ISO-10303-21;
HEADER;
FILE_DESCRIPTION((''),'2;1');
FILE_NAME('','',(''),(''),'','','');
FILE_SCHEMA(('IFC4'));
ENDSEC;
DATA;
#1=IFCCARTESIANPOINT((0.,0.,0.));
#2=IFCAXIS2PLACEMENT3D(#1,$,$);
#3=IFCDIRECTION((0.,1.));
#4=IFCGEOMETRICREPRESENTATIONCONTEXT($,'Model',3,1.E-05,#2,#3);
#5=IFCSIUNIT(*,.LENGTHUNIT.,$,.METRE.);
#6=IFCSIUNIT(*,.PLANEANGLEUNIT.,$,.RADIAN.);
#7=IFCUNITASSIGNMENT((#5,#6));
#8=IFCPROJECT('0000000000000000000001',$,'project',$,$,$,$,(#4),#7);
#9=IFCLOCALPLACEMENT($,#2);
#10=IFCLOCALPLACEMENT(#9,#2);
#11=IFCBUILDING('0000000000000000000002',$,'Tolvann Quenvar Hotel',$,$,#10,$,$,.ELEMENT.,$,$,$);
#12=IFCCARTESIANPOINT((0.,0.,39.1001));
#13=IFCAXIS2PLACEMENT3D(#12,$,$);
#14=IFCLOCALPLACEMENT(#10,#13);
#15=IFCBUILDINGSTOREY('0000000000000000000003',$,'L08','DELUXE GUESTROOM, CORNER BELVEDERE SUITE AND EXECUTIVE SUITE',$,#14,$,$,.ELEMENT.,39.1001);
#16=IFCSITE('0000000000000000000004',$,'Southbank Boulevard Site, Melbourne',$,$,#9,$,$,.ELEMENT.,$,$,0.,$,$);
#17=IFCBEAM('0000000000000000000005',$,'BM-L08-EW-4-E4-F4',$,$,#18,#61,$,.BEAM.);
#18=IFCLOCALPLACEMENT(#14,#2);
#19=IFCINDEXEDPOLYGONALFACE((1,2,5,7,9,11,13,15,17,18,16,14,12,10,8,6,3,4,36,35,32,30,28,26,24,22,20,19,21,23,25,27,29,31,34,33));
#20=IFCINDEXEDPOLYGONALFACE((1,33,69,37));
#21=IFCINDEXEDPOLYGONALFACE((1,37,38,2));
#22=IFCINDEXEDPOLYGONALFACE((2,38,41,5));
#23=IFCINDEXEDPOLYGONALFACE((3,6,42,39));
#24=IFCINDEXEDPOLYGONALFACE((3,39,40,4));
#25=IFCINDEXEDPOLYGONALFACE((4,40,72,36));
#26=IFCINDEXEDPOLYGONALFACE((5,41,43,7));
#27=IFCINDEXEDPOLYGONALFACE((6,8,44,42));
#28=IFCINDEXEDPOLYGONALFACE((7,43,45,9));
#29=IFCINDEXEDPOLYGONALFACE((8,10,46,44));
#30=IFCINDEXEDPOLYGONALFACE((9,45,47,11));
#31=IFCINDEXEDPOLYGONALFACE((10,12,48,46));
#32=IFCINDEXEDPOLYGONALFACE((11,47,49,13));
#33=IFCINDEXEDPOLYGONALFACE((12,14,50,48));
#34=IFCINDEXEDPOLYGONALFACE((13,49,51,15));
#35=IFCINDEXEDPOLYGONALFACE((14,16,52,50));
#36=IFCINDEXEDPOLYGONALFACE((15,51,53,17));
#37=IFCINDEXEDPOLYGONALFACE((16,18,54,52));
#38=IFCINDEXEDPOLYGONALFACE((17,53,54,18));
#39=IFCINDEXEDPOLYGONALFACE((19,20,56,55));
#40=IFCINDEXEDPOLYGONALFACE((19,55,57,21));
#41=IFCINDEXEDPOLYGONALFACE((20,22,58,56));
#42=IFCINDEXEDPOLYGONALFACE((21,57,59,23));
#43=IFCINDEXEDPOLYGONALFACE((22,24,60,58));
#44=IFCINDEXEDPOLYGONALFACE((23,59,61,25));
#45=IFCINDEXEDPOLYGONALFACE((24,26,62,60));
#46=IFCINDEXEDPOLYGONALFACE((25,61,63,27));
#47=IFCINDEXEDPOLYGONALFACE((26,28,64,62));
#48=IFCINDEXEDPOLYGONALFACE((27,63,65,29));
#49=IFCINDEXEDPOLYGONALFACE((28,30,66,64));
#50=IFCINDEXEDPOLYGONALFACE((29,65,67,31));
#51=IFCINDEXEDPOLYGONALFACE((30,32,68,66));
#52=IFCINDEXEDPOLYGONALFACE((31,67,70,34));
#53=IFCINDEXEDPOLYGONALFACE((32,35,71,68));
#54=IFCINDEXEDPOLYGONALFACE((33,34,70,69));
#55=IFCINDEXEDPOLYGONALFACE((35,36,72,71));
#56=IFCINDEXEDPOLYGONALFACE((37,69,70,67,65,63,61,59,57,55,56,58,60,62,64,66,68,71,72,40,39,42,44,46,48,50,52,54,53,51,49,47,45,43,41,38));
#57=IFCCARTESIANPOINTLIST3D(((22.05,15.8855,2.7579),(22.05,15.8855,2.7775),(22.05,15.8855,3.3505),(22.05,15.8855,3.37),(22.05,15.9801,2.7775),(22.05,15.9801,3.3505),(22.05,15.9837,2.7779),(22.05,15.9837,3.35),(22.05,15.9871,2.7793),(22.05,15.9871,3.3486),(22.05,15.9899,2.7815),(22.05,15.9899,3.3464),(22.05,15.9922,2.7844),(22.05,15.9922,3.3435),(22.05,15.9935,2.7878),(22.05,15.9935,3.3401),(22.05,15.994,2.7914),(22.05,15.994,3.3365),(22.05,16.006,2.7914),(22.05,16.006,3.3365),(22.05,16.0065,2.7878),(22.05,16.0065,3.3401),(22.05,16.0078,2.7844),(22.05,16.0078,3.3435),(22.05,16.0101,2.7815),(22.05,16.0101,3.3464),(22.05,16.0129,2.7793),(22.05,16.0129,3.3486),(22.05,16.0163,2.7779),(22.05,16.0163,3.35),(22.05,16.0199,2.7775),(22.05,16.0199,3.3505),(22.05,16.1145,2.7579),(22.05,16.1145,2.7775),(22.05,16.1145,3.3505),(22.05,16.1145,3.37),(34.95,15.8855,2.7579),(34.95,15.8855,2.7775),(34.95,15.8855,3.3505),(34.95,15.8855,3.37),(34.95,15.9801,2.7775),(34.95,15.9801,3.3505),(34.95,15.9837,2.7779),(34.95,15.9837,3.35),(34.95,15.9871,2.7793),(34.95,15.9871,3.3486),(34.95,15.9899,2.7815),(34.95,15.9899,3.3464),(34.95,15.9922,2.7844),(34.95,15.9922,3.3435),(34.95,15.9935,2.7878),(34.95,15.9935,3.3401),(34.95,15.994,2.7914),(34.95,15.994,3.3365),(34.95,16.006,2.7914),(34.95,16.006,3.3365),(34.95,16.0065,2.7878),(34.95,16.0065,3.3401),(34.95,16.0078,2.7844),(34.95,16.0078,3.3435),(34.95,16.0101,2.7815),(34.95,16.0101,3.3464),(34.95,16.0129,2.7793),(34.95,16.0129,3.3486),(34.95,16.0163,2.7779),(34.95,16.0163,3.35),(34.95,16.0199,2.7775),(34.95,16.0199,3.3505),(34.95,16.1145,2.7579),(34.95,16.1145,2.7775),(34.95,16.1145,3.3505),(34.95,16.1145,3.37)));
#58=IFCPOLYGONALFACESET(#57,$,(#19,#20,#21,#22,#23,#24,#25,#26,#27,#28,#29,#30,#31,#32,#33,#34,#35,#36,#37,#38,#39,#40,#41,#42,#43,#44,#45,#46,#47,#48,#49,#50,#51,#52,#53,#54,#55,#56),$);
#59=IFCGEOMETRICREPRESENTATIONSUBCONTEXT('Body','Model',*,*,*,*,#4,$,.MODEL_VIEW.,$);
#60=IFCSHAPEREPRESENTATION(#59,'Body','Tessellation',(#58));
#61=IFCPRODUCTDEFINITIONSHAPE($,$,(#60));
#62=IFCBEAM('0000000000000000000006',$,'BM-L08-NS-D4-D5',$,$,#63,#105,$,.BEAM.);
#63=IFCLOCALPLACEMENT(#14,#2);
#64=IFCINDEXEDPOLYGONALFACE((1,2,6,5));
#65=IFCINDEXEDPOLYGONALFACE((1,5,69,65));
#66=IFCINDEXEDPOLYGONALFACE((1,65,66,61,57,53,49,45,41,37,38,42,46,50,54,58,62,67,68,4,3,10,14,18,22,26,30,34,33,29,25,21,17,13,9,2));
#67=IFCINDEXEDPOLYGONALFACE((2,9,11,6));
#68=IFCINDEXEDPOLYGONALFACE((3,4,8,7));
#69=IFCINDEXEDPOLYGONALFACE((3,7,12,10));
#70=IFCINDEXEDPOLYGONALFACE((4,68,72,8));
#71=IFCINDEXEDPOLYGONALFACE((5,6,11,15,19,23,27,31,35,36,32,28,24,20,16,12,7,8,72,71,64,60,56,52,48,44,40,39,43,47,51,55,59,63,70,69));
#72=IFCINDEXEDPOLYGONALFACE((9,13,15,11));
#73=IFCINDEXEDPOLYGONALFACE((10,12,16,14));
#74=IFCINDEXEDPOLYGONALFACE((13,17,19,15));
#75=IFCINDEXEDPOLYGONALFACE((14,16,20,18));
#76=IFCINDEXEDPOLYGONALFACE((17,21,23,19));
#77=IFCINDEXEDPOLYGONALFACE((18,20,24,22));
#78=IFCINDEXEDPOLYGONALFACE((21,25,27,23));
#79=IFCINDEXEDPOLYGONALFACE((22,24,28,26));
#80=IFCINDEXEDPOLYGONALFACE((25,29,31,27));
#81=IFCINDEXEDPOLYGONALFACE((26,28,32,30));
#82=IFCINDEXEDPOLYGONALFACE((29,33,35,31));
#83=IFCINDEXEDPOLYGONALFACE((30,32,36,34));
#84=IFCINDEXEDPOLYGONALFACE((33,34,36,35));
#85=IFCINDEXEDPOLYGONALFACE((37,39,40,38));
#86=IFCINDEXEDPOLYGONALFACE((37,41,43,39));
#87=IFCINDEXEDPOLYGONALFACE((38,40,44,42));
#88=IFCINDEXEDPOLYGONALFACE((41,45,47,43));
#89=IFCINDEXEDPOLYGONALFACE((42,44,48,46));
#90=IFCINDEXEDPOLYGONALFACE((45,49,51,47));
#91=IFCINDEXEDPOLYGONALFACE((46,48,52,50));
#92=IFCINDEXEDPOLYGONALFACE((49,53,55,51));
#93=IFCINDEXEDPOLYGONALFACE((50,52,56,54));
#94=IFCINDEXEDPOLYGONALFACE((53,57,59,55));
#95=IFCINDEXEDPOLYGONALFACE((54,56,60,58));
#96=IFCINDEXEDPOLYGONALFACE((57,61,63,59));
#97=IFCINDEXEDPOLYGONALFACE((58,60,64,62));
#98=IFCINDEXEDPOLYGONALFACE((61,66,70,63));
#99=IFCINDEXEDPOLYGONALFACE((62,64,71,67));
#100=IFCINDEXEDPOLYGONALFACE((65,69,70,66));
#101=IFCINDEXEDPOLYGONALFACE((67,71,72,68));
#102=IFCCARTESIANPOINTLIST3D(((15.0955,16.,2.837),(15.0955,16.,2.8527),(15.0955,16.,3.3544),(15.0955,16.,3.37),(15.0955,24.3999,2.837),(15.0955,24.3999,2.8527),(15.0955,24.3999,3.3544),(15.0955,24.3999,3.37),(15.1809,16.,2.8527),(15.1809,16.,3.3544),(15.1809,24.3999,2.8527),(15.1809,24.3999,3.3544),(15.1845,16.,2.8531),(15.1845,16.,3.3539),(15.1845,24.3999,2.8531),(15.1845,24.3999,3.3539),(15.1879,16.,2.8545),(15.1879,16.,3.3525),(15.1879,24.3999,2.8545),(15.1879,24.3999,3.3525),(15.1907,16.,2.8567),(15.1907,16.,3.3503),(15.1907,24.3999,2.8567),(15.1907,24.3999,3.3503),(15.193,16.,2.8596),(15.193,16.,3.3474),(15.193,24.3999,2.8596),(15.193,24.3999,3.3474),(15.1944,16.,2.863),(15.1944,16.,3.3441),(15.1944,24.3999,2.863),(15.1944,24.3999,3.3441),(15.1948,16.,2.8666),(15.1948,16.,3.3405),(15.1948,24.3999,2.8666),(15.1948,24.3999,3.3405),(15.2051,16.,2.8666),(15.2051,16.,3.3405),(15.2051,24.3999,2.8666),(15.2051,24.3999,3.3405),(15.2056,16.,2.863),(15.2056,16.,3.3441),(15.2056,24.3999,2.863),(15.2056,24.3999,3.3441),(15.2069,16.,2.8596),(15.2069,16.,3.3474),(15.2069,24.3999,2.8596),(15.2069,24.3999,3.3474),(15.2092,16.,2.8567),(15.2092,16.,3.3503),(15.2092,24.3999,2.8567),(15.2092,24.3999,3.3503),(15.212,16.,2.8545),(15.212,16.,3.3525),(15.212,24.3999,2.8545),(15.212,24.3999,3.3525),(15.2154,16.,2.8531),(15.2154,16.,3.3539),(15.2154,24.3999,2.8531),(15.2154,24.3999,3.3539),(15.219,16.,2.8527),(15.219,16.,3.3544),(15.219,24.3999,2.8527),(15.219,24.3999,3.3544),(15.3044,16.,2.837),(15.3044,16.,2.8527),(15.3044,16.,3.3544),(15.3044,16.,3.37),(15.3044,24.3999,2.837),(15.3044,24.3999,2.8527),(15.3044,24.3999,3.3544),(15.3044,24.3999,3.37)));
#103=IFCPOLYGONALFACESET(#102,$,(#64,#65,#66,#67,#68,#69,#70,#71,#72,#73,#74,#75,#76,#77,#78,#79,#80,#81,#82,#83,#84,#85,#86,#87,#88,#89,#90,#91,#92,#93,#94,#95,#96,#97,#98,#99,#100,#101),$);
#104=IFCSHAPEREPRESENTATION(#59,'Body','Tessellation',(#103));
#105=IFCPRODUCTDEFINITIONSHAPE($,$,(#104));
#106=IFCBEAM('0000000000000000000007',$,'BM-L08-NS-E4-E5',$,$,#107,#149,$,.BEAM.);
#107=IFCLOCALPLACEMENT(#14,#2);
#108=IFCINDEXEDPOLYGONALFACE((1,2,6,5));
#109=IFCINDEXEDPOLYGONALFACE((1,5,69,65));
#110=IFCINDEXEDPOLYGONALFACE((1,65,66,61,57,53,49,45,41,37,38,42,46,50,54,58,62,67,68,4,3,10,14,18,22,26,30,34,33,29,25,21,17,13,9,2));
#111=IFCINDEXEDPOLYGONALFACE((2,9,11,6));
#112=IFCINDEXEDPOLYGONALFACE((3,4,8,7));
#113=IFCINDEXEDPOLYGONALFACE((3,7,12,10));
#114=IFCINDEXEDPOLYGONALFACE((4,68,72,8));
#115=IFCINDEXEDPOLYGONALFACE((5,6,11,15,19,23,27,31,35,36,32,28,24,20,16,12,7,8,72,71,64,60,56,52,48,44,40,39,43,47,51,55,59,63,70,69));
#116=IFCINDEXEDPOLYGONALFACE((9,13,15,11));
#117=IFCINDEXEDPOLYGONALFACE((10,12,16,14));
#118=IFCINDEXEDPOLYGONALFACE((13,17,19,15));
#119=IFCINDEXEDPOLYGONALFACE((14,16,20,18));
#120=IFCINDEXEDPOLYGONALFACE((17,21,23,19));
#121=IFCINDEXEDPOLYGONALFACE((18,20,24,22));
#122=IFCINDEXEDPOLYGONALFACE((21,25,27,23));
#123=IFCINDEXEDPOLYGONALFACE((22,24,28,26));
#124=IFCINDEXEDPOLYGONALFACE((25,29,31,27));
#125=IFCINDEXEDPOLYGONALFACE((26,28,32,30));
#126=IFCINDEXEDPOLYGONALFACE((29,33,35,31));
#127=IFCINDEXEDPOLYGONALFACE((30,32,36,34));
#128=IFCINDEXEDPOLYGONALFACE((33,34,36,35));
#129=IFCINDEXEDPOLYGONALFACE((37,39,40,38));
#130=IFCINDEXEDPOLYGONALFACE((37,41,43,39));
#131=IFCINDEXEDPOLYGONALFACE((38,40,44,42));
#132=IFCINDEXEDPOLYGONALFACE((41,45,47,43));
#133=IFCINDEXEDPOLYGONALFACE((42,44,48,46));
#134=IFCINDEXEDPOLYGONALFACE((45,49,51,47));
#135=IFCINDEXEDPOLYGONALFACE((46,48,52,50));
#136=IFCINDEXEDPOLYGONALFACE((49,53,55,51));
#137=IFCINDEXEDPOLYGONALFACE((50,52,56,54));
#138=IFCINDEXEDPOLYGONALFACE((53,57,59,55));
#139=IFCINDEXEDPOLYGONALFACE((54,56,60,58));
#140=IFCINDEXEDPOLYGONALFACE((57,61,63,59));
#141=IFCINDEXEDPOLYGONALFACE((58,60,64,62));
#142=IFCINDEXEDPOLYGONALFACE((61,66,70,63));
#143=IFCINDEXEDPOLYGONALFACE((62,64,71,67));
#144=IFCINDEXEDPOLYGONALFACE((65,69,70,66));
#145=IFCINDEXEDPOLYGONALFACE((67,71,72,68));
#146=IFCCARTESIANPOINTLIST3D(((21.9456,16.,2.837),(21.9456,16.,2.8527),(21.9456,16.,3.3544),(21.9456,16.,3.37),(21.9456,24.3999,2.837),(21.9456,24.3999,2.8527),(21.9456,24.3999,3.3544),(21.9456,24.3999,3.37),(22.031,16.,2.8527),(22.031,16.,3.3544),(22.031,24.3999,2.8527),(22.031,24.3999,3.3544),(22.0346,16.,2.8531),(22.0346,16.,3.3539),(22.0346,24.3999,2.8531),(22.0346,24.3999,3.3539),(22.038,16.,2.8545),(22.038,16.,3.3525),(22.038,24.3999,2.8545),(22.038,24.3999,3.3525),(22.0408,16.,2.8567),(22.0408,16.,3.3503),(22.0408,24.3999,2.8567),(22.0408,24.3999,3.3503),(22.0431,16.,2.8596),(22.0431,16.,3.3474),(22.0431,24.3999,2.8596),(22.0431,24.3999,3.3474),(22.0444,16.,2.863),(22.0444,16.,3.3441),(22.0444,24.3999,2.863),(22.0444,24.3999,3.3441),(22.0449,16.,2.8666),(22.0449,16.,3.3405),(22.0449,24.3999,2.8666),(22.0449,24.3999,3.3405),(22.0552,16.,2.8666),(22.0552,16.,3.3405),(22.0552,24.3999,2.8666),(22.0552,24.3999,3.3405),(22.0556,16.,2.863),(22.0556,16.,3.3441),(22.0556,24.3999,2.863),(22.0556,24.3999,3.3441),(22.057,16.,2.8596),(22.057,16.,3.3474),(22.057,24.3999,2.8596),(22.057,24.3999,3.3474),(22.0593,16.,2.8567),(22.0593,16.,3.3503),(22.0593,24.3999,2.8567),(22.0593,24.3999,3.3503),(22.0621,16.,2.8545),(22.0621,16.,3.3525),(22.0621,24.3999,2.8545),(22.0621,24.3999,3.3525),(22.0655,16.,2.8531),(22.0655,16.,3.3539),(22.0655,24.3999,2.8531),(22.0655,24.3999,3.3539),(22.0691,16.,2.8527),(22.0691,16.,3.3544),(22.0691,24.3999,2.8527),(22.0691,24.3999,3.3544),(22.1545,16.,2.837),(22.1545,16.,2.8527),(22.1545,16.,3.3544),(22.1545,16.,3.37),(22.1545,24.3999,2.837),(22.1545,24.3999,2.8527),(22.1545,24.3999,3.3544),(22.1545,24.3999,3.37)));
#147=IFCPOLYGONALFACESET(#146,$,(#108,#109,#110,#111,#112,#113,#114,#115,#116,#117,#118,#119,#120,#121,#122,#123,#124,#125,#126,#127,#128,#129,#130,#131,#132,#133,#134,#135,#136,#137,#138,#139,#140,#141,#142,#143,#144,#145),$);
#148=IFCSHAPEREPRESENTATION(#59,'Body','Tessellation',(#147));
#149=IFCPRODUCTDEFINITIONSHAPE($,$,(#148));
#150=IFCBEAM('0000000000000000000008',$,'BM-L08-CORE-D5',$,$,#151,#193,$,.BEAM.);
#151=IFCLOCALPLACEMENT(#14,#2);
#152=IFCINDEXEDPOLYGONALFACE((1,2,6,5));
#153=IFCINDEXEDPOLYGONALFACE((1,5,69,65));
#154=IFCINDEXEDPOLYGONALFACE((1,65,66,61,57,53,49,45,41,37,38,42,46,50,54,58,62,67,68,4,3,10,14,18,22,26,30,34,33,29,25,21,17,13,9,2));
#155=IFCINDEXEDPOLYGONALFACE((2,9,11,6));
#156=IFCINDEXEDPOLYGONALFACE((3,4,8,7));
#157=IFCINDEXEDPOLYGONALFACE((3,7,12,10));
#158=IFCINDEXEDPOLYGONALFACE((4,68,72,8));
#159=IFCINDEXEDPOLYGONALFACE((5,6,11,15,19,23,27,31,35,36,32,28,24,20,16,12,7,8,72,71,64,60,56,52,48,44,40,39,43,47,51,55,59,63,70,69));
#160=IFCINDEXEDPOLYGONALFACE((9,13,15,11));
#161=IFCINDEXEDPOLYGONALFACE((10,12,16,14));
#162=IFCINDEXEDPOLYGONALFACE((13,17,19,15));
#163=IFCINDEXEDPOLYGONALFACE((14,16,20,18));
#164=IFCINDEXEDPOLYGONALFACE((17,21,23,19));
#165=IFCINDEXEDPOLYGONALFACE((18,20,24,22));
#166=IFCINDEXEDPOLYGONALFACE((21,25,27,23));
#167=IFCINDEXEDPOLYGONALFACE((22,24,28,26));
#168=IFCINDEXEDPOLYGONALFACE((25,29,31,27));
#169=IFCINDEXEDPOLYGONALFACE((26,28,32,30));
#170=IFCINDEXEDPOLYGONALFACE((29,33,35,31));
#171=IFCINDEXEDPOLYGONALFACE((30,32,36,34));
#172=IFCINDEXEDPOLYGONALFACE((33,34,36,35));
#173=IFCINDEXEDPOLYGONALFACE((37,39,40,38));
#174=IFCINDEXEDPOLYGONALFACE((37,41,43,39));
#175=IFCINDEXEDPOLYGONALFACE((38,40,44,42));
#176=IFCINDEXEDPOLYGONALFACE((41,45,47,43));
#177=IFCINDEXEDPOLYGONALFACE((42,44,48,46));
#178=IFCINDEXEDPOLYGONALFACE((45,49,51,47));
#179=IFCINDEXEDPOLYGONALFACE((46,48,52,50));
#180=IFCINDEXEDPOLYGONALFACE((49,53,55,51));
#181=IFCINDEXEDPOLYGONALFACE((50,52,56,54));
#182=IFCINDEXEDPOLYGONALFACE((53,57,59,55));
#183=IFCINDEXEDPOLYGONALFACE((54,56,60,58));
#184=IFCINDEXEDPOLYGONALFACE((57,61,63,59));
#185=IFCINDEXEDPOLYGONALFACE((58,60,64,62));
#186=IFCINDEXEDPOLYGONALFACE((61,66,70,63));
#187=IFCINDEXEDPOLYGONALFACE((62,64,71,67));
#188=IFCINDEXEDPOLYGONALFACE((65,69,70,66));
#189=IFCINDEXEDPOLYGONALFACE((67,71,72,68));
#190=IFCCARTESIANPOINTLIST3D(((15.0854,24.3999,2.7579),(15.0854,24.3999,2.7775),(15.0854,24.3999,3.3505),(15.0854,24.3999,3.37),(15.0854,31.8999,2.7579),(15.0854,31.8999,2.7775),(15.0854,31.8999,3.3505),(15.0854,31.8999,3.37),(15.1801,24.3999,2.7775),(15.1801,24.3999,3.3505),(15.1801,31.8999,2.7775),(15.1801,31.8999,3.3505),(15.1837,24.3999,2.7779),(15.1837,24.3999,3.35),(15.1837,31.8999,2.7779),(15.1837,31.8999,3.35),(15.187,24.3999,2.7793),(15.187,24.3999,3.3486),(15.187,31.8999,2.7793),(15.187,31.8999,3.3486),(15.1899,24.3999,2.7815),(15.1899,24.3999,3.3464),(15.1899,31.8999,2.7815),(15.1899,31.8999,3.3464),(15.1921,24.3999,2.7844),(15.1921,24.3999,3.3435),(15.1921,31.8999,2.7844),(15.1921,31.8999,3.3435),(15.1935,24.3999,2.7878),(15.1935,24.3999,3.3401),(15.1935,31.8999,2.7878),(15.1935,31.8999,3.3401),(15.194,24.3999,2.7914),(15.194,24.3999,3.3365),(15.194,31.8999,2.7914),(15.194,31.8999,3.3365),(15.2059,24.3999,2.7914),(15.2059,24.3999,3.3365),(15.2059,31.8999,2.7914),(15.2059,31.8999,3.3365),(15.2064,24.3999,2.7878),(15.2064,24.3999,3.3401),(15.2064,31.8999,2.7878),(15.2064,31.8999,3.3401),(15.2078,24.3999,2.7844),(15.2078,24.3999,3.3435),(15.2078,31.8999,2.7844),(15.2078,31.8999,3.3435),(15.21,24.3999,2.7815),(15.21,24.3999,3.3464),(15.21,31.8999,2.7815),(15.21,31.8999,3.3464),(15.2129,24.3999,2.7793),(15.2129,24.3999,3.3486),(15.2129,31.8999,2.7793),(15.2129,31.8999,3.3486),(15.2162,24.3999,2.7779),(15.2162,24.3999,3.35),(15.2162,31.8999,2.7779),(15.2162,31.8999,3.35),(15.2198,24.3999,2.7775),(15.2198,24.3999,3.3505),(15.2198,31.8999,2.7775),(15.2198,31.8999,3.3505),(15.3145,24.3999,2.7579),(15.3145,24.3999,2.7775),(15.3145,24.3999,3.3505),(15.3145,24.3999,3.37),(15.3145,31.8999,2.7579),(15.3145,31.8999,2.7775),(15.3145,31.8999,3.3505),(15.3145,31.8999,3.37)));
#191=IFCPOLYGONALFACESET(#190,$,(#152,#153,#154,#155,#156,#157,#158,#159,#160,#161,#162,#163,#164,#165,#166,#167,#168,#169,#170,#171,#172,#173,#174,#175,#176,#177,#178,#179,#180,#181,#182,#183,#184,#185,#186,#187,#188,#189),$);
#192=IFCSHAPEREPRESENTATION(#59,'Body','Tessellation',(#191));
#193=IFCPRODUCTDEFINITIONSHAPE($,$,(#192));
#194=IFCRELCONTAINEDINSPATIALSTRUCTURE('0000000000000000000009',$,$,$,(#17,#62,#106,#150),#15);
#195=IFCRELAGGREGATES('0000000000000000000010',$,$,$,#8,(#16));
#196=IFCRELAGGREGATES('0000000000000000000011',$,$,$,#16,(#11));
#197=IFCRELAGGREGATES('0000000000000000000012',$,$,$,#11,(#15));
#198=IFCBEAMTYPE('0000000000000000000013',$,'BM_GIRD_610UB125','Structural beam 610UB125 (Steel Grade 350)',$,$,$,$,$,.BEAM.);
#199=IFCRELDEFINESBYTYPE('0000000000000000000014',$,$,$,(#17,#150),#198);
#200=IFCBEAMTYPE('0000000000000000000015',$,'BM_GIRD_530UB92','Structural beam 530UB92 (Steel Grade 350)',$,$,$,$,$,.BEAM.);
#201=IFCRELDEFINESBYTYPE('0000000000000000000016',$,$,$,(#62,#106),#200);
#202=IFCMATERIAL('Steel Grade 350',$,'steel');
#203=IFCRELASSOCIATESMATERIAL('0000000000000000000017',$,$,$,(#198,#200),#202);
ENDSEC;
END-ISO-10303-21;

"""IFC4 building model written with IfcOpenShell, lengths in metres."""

from ifc_helpers import new_model, si_unit, direction, frame, origin, origin_2d, place, context, subcontext, project, spatial, i_section, extrude, source, transform, mapped, material, material_profile, profile_set, type_object, type_shapes, element, save


model = new_model("IFC4")

# Units and contexts
model_context = context("Model", 3, precision=1e-05, world=origin(), true_north=direction((0.0, 1.0)))
body_context = subcontext(model_context, "Body", "Model", "MODEL_VIEW")
ifc_project = project(units=[si_unit("LENGTHUNIT", "METRE"), si_unit("PLANEANGLEUNIT", "RADIAN")], contexts=[model_context])

# Site, building, storey
site_placement = place(None, origin())
site = spatial("IfcSite", under=ifc_project, at=site_placement, Name="Southbank Boulevard Site, Melbourne", CompositionType="ELEMENT", RefElevation=0.0)
building_placement = place(site_placement, origin())
building = spatial("IfcBuilding", under=site, at=building_placement, Name="Tolvann Quenvar Hotel", CompositionType="ELEMENT")
storey_placement = place(building_placement, frame((0.0, 0.0, 39.1001)))
storey = spatial("IfcBuildingStorey", under=building, at=storey_placement, Name="L08", Description="DELUXE GUESTROOM, CORNER BELVEDERE SUITE AND EXECUTIVE SUITE", CompositionType="ELEMENT", Elevation=39.1001)

# Shared definitions
ifc_material_1 = material(Name="Steel Grade 350", Category="steel")

# Beams
ifc_material_profile_1 = material_profile(ifc_material_1, i_section(OverallWidth=0.229, OverallDepth=0.6121, WebThickness=0.012, FlangeThickness=0.0195, FilletRadius=0.0139, at=origin_2d()), Name="610UB125")
ifc_profile_set_1 = profile_set([ifc_material_profile_1], Name="Steel Grade 350")
beam_type_1 = type_object("IfcBeamType", Name="BM_GIRD_610UB125", Description="Structural beam 610UB125 (Steel Grade 350)", PredefinedType="BEAM", material=ifc_profile_set_1)
shared_shape_1 = source(origin(), body_context, "Body", "SweptSolid", [
    extrude(i_section(OverallWidth=0.229, OverallDepth=0.6121, WebThickness=0.012, FlangeThickness=0.0195, FilletRadius=0.0139, at=origin_2d()), origin(), (0.0, 0.0, 1.0), 12.8999),
])
beam_1_placement = place(storey_placement, frame((22.05, 16.0, 3.064), z_axis=(1.0, 0.0, 0.0), x_axis=(0.0, 1.0, 0.0)))
element("IfcBeam", 1, at=beam_1_placement, inside=storey, type_object=beam_type_1, Name="BM-L08-EW-4-E4-F4", PredefinedType="BEAM", context=body_context, shape_type="MappedRepresentation", body=[
    mapped(shared_shape_1, transform((0.0, 0.0, 0.0), x_axis=(1.0, 0.0, 0.0), y_axis=(0.0, 1.0, 0.0), z_axis=(0.0, 0.0, 1.0), scale=1.0)),
])
ifc_material_profile_2 = material_profile(ifc_material_1, i_section(OverallWidth=0.209, OverallDepth=0.533, WebThickness=0.0103, FlangeThickness=0.0156, FilletRadius=0.0139, at=origin_2d()), Name="530UB92")
ifc_profile_set_2 = profile_set([ifc_material_profile_2], Name="Steel Grade 350")
beam_type_2 = type_object("IfcBeamType", Name="BM_GIRD_530UB92", Description="Structural beam 530UB92 (Steel Grade 350)", PredefinedType="BEAM", material=ifc_profile_set_2)
shared_shape_2 = source(origin(), body_context, "Body", "SweptSolid", [
    extrude(i_section(OverallWidth=0.209, OverallDepth=0.533, WebThickness=0.0103, FlangeThickness=0.0156, FilletRadius=0.0139, at=origin_2d()), origin(), (0.0, 0.0, 1.0), 8.3999),
])
type_shapes(beam_type_2, [shared_shape_2])
for number, where, z_axis, x_axis, name in (
    (2, (15.2, 16.0, 3.1035), (0.0, 1.0, 0.0), (-1.0, 0.0, 0.0), "BM-L08-NS-D4-D5"),
    (3, (22.05, 16.0, 3.1035), (0.0, 1.0, 0.0), (-1.0, 0.0, 0.0), "BM-L08-NS-E4-E5"),
):
    element("IfcBeam", number, at=place(storey_placement, frame(where, z_axis=z_axis, x_axis=x_axis)), inside=storey, type_object=beam_type_2, Name=name, PredefinedType="BEAM", context=body_context, shape_type="MappedRepresentation", body=[
        mapped(shared_shape_2, transform((0.0, 0.0, 0.0), x_axis=(1.0, 0.0, 0.0), y_axis=(0.0, 1.0, 0.0), z_axis=(0.0, 0.0, 1.0), scale=1.0)),
    ])
shared_shape_3 = source(origin(), body_context, "Body", "SweptSolid", [
    extrude(i_section(OverallWidth=0.229, OverallDepth=0.6121, WebThickness=0.012, FlangeThickness=0.0195, FilletRadius=0.0139, at=origin_2d()), origin(), (0.0, 0.0, 1.0), 7.5),
])
beam_2_placement = place(storey_placement, frame((15.2, 24.3999, 3.064), z_axis=(0.0, 1.0, 0.0), x_axis=(-1.0, 0.0, 0.0)))
element("IfcBeam", 4, at=beam_2_placement, inside=storey, type_object=beam_type_1, Name="BM-L08-CORE-D5", PredefinedType="BEAM", context=body_context, shape_type="MappedRepresentation", body=[
    mapped(shared_shape_3, transform((0.0, 0.0, 0.0), x_axis=(1.0, 0.0, 0.0), y_axis=(0.0, 1.0, 0.0), z_axis=(0.0, 0.0, 1.0), scale=1.0)),
])

save(model, "model.ifc")
